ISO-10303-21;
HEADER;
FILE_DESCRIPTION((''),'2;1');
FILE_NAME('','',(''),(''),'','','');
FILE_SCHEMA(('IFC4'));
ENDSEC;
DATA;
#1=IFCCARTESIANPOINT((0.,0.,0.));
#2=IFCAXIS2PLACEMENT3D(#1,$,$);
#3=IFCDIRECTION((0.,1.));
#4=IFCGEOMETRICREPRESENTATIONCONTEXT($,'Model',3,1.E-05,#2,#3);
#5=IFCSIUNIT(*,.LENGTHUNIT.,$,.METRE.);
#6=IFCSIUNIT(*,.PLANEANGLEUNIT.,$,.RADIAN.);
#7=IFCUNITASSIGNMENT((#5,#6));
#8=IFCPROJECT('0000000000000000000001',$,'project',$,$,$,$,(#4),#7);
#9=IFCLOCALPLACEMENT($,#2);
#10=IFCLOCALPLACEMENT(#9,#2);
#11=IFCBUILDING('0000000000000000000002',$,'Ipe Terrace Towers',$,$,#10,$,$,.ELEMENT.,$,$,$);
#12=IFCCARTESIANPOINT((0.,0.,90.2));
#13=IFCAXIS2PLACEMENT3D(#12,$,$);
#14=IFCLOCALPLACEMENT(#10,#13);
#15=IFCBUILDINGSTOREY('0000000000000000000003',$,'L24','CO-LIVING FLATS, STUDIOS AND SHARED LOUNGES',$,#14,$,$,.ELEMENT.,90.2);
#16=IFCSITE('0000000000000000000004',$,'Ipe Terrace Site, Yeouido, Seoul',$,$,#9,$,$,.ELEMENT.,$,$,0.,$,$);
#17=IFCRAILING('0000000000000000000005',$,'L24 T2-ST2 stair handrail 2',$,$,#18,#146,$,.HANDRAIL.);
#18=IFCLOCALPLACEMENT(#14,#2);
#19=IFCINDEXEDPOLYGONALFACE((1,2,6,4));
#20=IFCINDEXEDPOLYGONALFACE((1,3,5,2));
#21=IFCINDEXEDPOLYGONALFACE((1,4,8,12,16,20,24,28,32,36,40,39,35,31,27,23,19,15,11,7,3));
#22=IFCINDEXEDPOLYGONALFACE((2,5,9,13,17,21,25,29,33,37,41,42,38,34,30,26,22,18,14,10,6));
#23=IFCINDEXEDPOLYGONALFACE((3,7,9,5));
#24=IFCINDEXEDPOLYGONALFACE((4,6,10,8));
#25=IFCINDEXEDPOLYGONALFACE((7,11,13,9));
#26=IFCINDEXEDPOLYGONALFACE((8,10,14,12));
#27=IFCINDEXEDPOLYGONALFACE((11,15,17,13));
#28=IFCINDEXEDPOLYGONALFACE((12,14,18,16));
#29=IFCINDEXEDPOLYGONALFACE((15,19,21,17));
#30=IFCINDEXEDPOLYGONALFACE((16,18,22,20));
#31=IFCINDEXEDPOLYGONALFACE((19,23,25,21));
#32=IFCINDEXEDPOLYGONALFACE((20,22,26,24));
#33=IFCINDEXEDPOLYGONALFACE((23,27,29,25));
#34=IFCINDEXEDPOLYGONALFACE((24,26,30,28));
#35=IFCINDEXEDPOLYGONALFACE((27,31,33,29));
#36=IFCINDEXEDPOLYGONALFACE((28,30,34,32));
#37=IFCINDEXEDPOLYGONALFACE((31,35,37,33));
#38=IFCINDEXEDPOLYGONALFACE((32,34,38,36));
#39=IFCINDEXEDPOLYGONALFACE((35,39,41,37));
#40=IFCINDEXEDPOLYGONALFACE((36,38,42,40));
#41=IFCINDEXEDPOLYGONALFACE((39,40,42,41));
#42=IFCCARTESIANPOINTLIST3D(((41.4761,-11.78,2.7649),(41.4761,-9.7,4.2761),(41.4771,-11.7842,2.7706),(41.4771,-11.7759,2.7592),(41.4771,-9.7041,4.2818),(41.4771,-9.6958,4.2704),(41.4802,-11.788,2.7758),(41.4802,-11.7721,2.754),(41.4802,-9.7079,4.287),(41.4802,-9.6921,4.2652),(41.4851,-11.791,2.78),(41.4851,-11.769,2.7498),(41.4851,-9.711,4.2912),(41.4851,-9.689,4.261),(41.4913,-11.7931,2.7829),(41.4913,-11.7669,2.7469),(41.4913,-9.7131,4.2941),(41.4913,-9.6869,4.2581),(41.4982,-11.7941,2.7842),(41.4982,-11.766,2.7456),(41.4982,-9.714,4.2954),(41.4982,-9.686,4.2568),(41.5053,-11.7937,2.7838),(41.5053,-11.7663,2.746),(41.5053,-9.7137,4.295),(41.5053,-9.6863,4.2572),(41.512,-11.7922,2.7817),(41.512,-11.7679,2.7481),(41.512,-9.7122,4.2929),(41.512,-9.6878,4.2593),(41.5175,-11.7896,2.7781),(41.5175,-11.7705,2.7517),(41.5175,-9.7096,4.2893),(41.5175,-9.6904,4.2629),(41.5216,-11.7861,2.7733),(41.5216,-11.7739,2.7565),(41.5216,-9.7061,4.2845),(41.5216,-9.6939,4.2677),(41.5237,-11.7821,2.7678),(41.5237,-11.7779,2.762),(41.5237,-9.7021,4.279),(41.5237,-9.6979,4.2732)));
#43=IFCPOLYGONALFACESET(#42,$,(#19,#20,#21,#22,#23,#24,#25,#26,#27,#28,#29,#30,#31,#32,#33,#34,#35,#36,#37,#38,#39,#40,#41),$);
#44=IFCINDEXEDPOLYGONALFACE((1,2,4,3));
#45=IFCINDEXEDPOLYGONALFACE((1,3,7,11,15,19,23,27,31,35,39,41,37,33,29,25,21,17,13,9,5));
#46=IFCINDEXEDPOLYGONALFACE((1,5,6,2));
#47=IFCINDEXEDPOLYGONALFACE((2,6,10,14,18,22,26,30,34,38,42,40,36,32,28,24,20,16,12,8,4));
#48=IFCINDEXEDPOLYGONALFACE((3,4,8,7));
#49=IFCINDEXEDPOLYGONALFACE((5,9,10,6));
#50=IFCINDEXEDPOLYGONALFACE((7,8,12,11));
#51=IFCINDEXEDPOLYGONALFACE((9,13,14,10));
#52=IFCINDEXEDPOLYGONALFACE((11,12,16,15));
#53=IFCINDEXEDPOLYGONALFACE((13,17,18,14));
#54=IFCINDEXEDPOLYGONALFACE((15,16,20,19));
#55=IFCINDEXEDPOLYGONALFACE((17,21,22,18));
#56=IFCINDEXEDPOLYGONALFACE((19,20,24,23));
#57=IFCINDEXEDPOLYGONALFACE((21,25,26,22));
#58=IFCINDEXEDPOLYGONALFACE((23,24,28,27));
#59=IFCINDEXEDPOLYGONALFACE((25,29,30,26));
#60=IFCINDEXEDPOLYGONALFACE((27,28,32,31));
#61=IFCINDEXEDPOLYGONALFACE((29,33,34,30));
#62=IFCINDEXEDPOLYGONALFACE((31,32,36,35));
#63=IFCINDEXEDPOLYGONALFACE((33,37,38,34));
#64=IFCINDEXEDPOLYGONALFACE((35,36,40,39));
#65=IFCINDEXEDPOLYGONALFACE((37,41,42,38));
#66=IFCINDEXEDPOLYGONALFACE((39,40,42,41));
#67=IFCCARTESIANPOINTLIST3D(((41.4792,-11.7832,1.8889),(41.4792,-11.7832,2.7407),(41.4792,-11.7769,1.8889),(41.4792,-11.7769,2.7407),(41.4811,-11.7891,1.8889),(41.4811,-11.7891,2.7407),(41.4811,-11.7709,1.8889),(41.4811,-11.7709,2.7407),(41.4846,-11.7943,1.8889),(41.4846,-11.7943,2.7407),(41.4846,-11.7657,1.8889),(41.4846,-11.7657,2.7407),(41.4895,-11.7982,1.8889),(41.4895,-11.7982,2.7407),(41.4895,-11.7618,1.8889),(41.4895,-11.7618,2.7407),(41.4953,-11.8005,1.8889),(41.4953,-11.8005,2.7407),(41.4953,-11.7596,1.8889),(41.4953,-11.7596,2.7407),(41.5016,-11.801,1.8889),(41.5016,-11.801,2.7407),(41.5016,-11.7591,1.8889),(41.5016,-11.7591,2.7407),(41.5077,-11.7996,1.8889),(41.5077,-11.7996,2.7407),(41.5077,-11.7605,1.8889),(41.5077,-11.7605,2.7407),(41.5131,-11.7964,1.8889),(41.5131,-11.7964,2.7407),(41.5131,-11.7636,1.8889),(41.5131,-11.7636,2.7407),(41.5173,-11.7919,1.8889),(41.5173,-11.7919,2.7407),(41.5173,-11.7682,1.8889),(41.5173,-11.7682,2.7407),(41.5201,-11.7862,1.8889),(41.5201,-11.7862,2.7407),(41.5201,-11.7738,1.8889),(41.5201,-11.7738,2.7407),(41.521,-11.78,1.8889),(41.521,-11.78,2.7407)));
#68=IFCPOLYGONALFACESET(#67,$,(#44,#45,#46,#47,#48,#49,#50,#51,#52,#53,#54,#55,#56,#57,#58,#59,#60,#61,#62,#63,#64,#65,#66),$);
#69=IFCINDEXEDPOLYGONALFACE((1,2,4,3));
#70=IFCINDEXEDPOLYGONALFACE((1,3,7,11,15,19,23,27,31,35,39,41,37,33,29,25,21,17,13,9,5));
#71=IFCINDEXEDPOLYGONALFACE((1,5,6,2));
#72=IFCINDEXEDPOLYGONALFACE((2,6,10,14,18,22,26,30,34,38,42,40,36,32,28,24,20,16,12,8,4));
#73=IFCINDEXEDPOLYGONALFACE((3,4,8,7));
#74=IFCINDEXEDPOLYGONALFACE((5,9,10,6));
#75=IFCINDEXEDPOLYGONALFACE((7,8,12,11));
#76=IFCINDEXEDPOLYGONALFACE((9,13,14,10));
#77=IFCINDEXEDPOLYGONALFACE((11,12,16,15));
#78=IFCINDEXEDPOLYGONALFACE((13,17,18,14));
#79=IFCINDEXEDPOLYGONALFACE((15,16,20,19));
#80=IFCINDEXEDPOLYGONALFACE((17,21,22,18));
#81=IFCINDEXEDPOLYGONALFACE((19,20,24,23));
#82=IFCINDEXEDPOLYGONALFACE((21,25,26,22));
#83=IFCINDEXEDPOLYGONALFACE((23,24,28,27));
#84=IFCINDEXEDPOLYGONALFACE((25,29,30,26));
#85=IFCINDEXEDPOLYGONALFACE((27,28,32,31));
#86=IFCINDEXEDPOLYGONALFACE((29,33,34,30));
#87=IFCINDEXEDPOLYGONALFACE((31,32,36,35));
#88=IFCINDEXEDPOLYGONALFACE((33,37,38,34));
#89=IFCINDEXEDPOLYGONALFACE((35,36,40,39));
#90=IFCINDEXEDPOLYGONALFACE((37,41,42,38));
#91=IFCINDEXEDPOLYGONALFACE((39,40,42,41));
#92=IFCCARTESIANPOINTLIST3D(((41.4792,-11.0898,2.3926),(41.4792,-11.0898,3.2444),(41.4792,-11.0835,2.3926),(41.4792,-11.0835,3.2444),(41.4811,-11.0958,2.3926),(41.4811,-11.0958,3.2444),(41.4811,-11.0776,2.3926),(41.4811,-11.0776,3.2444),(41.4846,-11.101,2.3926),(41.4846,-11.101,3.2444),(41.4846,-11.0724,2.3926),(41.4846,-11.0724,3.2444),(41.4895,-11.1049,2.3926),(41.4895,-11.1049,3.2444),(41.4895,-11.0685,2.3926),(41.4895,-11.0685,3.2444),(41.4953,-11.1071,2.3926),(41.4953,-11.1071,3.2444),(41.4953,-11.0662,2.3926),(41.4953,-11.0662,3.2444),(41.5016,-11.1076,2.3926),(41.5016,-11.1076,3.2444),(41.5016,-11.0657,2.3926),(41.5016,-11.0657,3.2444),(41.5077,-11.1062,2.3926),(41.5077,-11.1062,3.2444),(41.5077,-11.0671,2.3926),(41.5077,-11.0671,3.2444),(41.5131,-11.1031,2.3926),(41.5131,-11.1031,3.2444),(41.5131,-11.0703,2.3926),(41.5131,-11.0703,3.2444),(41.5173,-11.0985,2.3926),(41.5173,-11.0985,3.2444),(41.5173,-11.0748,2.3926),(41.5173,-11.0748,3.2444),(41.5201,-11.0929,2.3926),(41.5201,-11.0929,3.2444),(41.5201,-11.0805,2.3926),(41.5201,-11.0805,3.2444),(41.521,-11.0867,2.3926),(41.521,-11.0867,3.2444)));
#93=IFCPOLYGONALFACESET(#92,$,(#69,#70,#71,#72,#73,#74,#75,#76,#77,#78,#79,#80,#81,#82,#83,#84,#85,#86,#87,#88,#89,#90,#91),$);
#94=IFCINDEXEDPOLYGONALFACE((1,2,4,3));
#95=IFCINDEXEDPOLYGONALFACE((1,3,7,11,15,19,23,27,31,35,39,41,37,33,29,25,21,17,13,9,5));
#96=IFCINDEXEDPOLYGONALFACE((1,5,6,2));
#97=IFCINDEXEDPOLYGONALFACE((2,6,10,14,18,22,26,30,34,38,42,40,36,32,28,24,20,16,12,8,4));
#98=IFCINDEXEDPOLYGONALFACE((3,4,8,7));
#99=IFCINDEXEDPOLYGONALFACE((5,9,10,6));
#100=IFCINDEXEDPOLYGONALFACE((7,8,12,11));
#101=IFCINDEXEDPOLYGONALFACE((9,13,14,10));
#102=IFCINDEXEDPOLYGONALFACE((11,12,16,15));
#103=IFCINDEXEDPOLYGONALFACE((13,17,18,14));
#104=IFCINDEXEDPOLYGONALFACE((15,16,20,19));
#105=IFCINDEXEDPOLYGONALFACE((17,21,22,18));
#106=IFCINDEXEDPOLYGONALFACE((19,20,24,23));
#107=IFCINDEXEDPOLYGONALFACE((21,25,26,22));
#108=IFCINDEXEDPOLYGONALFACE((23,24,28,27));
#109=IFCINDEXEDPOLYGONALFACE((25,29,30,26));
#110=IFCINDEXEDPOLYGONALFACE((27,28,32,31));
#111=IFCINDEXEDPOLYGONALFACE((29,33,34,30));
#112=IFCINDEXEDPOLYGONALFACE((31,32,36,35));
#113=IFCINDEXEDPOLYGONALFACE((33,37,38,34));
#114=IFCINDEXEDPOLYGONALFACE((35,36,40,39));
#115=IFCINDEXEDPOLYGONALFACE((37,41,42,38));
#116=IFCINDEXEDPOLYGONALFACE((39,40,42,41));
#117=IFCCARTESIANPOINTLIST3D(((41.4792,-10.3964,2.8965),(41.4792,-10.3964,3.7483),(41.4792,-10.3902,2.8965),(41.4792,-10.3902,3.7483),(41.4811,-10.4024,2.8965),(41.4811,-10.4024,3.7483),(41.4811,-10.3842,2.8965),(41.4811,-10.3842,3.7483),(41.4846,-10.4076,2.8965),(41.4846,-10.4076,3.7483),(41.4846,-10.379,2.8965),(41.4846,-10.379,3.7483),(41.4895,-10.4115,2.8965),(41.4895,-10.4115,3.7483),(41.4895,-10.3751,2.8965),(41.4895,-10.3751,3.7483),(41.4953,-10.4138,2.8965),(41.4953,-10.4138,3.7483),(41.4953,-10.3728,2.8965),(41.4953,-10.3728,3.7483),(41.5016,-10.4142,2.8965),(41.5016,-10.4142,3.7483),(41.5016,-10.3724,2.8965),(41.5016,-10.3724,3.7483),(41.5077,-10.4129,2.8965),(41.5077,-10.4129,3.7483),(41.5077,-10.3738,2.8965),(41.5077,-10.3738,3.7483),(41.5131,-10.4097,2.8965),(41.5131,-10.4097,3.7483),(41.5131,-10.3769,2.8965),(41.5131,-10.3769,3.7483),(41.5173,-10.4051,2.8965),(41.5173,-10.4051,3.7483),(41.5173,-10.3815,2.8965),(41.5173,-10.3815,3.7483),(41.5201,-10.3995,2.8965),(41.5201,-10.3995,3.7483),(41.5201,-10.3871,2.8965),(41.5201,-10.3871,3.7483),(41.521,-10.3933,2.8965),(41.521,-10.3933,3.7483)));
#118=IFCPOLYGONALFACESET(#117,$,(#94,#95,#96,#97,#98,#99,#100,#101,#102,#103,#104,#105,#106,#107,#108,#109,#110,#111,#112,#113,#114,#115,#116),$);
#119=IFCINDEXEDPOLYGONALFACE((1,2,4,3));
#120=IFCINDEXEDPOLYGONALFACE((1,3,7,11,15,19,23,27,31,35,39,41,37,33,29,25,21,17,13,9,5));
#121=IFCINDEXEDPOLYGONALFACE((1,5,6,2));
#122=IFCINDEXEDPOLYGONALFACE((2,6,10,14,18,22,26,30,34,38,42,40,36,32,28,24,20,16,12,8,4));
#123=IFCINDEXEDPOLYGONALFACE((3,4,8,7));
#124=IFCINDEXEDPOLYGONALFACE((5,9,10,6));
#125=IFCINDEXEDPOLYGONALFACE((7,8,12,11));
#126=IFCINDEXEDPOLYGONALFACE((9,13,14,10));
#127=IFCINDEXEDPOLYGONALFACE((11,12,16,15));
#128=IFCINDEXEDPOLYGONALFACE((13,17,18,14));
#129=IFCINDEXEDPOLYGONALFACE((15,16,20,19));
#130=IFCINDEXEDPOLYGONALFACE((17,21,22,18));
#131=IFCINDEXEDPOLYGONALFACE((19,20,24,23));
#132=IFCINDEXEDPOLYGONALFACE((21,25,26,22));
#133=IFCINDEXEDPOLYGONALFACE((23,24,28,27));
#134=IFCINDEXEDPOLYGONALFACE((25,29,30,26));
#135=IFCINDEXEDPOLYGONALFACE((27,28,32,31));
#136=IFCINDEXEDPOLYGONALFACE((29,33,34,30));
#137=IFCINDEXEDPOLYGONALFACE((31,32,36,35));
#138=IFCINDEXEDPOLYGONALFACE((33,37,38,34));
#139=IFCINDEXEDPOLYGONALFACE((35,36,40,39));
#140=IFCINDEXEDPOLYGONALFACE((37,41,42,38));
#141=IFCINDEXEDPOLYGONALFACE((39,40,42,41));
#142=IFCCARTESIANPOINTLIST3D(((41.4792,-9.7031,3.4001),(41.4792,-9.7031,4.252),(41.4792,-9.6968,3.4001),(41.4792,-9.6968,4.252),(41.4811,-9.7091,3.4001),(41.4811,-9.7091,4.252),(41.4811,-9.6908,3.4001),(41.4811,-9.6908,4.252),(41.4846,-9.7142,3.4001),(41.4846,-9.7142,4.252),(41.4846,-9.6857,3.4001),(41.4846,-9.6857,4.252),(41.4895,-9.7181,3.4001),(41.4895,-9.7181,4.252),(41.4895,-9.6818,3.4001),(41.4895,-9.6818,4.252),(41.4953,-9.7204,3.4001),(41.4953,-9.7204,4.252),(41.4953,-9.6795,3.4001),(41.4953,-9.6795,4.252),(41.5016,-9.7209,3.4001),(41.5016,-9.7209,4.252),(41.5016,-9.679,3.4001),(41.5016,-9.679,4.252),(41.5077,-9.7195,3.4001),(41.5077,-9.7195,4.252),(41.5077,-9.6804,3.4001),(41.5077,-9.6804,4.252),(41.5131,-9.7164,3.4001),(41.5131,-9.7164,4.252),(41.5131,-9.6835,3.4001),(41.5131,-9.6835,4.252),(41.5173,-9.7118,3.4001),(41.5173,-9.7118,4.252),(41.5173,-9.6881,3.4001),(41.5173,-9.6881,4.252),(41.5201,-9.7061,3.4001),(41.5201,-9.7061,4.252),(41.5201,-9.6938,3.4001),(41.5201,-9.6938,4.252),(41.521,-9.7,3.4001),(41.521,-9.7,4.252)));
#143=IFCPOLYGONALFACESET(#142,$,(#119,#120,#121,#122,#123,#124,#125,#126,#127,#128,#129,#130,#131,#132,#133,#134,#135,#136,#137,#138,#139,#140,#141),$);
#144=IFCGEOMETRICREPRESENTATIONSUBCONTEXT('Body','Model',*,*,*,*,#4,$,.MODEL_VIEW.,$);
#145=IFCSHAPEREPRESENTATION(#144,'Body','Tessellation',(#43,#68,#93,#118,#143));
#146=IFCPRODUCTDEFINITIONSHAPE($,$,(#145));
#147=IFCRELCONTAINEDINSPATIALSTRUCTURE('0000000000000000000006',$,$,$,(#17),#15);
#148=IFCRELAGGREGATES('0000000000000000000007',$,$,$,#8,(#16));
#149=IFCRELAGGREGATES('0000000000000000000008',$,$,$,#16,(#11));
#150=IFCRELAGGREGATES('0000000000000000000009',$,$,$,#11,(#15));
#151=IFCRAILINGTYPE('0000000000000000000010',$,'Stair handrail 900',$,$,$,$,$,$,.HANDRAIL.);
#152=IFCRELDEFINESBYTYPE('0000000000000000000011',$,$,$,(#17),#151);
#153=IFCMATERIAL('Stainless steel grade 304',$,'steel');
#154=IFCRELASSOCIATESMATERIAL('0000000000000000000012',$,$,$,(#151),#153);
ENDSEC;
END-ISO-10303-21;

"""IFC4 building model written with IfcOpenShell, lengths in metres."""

from ifc_helpers import new_model, si_unit, direction, frame, origin, origin_2d, place, context, subcontext, project, spatial, circle, extrude, material, type_object, element, save


model = new_model("IFC4")

# Units and contexts
model_context = context("Model", 3, precision=1e-05, world=origin(), true_north=direction((0.0, 1.0)))
body_context = subcontext(model_context, "Body", "Model", "MODEL_VIEW")
ifc_project = project(units=[si_unit("LENGTHUNIT", "METRE"), si_unit("PLANEANGLEUNIT", "RADIAN")], contexts=[model_context])

# Site, building, storey
site_placement = place(None, origin())
site = spatial("IfcSite", under=ifc_project, at=site_placement, Name="Ipe Terrace Site, Yeouido, Seoul", CompositionType="ELEMENT", RefElevation=0.0)
building_placement = place(site_placement, origin())
building = spatial("IfcBuilding", under=site, at=building_placement, Name="Ipe Terrace Towers", CompositionType="ELEMENT")
storey_placement = place(building_placement, frame((0.0, 0.0, 90.2)))
storey = spatial("IfcBuildingStorey", under=building, at=storey_placement, Name="L24", Description="CO-LIVING FLATS, STUDIOS AND SHARED LOUNGES", CompositionType="ELEMENT", Elevation=90.2)

# Railing
ifc_material_1 = material(Name="Stainless steel grade 304", Category="steel")
railing_type_1 = type_object("IfcRailingType", Name="Stair handrail 900", PredefinedType="HANDRAIL", material=ifc_material_1)
railing_1_placement = place(storey_placement, frame((41.5, -11.78, 1.8889)))
element("IfcRailing", 1, at=railing_1_placement, inside=storey, type_object=railing_type_1, Name="L24 T2-ST2 stair handrail 2", PredefinedType="HANDRAIL", context=body_context, shape_type="SweptSolid", body=[
    extrude(circle(Radius=0.0239, at=origin_2d()), frame((0.0, 0.0, 0.876), z_axis=(0.0, 0.809023, 0.587776), x_axis=(-1.0, 0.0, 0.0)), (0.0, 0.0, 1.0), 2.571),
    extrude(circle(Radius=0.021, at=origin_2d()), origin(), (0.0, 0.0, 1.0), 0.8518),
    extrude(circle(Radius=0.021, at=origin_2d()), frame((0.0, 0.6934, 0.5037)), (0.0, 0.0, 1.0), 0.8518),
    extrude(circle(Radius=0.021, at=origin_2d()), frame((0.0, 1.3867, 1.0076)), (0.0, 0.0, 1.0), 0.8518),
    extrude(circle(Radius=0.021, at=origin_2d()), frame((0.0, 2.0801, 1.5112)), (0.0, 0.0, 1.0), 0.8518),
])

save(model, "model.ifc")
